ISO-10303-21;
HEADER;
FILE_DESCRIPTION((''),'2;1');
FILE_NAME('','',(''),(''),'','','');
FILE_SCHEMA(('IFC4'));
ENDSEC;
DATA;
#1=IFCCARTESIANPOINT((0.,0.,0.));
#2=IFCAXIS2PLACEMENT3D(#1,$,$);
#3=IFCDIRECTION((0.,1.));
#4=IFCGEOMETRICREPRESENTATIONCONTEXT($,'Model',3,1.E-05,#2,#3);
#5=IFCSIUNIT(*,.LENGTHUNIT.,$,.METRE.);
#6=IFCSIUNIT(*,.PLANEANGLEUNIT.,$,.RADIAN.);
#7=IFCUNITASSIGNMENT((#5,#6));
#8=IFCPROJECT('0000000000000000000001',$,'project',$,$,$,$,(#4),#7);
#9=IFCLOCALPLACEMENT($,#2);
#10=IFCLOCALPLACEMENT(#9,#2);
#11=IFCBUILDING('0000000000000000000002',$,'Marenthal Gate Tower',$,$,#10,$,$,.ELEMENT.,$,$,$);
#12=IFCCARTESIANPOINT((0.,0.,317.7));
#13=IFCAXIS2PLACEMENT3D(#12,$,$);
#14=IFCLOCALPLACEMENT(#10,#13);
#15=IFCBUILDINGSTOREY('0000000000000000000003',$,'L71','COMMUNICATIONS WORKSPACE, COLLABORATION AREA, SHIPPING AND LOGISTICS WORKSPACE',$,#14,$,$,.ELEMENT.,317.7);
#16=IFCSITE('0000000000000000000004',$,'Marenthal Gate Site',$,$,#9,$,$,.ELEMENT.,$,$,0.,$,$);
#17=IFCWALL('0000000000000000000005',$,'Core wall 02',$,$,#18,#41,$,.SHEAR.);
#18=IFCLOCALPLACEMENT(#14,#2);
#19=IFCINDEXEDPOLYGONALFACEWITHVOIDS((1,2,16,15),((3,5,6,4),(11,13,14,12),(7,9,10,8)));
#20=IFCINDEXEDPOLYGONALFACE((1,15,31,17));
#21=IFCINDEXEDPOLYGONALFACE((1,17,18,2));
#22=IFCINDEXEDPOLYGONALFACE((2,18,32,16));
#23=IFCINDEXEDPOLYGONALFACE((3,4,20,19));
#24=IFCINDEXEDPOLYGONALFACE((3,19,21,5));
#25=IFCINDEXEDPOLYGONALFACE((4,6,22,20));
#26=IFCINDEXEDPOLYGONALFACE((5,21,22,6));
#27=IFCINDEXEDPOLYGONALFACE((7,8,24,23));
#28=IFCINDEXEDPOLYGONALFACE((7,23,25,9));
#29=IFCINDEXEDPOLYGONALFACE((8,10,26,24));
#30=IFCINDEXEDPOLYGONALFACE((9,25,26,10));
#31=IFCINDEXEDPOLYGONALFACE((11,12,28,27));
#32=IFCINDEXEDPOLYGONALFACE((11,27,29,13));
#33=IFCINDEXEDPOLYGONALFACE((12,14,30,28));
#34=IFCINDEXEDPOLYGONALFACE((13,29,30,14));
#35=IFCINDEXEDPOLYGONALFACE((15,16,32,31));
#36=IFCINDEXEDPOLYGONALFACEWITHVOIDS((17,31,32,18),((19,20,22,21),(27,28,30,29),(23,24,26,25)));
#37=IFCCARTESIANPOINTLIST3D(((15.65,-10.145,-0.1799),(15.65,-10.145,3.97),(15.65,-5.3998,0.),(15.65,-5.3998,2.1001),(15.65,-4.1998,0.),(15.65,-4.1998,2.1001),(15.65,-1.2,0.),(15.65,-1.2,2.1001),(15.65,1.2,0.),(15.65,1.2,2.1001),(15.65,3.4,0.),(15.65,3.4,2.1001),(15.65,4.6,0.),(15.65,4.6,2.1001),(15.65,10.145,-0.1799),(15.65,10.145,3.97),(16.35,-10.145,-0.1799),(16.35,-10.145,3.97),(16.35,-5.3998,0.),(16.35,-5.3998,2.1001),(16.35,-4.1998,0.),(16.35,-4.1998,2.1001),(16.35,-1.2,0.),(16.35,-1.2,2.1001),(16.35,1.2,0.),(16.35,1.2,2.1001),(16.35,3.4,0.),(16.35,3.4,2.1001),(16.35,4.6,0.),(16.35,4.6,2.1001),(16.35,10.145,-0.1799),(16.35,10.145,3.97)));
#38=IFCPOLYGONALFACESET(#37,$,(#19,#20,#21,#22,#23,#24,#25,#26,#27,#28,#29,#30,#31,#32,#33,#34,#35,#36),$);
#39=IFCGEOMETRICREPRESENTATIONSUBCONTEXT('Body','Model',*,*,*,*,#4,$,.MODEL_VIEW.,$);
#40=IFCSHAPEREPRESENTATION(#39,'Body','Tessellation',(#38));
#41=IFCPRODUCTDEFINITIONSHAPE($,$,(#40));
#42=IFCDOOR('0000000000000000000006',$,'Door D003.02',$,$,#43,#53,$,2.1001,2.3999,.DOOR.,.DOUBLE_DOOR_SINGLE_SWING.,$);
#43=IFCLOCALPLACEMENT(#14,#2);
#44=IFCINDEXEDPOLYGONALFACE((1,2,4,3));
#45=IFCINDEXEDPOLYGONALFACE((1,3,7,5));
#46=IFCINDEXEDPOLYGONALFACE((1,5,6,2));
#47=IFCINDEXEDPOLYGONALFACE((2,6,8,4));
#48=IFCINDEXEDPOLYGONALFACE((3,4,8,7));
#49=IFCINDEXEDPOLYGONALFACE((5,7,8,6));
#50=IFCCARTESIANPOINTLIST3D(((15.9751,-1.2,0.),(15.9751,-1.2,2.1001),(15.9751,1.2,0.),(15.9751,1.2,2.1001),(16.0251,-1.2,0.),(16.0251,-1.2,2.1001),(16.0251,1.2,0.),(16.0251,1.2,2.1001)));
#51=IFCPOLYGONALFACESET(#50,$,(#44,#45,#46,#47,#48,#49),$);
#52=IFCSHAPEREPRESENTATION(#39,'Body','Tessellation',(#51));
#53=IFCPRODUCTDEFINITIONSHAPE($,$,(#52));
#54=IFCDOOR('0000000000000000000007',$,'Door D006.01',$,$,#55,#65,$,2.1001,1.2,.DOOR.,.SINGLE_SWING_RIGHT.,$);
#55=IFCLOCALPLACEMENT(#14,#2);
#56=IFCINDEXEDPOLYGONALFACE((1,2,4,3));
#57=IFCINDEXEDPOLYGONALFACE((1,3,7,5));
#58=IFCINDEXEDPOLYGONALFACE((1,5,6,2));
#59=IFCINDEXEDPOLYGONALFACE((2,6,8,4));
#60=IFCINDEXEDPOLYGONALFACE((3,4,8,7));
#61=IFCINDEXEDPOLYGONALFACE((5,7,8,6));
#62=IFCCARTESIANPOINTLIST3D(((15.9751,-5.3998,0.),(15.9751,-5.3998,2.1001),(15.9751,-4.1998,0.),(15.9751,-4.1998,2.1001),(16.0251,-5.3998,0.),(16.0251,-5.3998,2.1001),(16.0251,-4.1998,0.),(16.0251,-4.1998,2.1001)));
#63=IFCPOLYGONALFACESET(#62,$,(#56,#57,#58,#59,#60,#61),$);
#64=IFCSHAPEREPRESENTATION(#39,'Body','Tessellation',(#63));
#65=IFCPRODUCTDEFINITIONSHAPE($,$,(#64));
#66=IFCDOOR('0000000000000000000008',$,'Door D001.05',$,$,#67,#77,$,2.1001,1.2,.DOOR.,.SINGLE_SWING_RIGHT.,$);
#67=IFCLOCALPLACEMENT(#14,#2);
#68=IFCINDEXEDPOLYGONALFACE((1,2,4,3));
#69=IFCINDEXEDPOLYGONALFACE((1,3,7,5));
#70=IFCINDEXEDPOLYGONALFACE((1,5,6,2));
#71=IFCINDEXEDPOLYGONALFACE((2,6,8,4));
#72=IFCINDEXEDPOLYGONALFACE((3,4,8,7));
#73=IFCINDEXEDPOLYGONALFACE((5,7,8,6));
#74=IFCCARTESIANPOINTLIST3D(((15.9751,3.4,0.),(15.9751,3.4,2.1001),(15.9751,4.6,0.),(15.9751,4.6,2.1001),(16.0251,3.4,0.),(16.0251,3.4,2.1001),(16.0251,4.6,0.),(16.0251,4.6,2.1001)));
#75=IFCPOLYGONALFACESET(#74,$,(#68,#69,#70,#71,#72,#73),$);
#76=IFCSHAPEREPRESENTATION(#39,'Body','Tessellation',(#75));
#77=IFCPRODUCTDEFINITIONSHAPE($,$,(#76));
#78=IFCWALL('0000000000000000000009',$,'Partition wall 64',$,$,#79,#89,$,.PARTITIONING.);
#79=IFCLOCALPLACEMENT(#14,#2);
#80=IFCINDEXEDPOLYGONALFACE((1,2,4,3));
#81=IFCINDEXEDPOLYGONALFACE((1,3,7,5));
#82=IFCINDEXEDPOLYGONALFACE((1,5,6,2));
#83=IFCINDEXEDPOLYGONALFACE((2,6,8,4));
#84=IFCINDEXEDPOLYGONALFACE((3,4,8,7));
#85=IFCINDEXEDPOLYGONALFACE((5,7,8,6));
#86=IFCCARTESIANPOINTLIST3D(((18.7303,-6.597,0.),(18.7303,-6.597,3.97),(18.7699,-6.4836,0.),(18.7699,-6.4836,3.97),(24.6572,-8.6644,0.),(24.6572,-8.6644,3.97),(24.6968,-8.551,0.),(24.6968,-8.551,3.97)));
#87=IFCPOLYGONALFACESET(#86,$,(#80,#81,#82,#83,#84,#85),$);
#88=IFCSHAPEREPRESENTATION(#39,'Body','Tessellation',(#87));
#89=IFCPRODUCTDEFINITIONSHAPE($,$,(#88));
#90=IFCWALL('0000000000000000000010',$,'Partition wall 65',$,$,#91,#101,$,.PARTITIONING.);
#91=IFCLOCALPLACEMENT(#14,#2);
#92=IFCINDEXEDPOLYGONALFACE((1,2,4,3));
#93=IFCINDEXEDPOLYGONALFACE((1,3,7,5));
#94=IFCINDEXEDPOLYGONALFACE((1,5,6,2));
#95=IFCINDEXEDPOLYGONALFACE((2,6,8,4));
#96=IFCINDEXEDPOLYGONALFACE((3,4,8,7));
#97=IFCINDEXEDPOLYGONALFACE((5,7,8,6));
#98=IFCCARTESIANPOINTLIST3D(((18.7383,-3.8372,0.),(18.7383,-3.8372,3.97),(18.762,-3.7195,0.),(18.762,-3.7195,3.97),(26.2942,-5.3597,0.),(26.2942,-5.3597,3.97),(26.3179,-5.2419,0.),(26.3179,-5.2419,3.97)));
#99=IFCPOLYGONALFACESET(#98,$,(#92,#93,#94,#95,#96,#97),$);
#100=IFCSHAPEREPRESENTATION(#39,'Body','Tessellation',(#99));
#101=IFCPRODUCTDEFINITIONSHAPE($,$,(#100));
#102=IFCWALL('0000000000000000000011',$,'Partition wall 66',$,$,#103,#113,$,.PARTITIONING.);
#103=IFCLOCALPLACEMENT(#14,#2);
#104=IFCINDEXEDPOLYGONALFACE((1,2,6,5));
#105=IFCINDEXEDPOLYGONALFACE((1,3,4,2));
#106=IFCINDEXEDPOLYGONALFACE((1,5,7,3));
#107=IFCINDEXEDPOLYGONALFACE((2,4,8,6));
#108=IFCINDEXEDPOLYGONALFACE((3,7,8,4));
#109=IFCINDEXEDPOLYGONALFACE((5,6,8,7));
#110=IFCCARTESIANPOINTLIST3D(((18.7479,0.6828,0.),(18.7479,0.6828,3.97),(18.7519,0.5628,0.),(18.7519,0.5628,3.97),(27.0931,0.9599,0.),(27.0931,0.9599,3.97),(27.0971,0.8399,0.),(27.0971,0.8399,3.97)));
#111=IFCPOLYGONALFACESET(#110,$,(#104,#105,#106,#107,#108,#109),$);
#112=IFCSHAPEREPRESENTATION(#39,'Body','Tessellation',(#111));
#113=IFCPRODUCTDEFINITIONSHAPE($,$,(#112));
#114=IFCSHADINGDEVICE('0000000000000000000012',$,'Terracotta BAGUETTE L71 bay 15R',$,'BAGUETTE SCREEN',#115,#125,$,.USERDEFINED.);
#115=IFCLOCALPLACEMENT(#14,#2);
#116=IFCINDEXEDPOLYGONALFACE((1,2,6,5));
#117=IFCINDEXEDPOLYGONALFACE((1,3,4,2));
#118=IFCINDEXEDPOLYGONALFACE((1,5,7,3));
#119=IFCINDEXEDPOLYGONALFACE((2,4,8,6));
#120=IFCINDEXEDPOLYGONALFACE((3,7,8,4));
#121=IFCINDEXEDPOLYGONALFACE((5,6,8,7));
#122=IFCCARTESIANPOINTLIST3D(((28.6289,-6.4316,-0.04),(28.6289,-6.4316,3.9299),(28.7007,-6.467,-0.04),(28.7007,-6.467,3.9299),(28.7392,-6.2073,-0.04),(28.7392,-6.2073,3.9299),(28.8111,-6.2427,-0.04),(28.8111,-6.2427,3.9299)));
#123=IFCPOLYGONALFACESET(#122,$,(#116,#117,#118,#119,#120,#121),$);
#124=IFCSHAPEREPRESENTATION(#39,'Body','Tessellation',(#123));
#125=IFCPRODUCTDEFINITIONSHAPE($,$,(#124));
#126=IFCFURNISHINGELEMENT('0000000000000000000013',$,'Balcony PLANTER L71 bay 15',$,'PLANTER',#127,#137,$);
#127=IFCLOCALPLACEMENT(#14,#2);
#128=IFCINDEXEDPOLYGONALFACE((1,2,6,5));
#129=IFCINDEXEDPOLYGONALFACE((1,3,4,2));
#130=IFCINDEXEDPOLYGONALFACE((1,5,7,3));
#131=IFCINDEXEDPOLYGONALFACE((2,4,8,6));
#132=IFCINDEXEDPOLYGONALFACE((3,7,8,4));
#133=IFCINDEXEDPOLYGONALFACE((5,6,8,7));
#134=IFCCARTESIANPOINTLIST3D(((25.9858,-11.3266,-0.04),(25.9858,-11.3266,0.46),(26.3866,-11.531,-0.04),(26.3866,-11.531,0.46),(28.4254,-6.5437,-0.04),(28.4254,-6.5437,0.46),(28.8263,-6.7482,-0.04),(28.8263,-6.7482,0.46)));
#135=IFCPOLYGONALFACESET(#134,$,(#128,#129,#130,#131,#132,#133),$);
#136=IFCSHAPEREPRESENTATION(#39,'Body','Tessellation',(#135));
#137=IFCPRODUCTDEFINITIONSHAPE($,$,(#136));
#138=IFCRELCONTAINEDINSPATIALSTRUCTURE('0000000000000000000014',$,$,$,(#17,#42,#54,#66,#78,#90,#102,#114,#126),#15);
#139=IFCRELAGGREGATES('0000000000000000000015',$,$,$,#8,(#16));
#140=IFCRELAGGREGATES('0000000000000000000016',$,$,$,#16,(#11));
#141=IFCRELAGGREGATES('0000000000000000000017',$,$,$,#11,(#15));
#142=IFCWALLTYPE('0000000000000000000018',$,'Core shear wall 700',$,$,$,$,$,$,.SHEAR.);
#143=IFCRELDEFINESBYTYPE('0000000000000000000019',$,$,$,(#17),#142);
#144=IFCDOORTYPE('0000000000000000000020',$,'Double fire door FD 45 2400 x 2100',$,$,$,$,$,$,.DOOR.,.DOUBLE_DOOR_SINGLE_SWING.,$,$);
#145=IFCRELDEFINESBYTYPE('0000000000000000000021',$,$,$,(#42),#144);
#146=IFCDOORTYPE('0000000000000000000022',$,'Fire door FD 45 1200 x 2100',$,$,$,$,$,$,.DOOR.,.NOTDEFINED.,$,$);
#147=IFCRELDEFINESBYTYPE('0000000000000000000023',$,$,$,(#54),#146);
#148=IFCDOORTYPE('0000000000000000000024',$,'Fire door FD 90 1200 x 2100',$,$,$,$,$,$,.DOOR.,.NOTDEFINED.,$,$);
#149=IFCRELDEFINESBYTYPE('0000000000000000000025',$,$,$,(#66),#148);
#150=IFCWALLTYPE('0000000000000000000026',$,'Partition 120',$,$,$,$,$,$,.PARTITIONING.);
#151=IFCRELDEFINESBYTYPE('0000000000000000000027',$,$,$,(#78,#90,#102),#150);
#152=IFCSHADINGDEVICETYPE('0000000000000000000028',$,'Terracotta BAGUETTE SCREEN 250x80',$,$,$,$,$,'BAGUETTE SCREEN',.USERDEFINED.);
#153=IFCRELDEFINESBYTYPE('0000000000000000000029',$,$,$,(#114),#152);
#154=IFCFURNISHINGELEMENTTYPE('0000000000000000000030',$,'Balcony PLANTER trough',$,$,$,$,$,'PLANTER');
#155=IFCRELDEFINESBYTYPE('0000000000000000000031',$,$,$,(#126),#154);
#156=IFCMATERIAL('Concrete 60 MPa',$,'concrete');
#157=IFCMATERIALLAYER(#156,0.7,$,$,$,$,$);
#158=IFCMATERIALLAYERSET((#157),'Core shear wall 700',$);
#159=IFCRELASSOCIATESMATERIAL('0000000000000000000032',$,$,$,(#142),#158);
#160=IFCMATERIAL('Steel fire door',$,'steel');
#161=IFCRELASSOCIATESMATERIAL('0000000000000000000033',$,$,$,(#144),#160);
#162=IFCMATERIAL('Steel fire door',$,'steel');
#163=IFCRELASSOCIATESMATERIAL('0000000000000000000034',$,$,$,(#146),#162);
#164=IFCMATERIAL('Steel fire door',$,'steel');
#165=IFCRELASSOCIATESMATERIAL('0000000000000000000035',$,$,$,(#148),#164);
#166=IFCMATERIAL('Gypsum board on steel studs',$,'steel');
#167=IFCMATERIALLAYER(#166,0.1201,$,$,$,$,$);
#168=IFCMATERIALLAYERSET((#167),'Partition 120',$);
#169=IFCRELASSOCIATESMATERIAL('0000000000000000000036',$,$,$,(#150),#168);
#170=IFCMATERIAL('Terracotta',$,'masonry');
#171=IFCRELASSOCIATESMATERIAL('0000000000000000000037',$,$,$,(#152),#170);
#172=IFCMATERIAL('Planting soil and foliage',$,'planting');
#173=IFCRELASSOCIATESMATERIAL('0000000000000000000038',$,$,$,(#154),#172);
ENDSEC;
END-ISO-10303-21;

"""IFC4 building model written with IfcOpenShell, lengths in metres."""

from ifc_helpers import new_model, si_unit, direction, frame, frame_2d, origin, origin_2d, place, context, subcontext, project, spatial, rectangle, extrude, material, layer, layer_set, material_profile, profile_set, type_object, element, fill, save


model = new_model("IFC4")

# Units and contexts
model_context = context("Model", 3, precision=1e-05, world=origin(), true_north=direction((0.0, 1.0)))
body_context = subcontext(model_context, "Body", "Model", "MODEL_VIEW")
ifc_project = project(units=[si_unit("LENGTHUNIT", "METRE"), si_unit("PLANEANGLEUNIT", "RADIAN")], contexts=[model_context])

# Site, building, storey
site_placement = place(None, origin())
site = spatial("IfcSite", under=ifc_project, at=site_placement, Name="Marenthal Gate Site", CompositionType="ELEMENT", RefElevation=0.0)
building_placement = place(site_placement, origin())
building = spatial("IfcBuilding", under=site, at=building_placement, Name="Marenthal Gate Tower", CompositionType="ELEMENT")
storey_placement = place(building_placement, frame((0.0, 0.0, 317.7)))
storey = spatial("IfcBuildingStorey", under=building, at=storey_placement, Name="L71", Description="COMMUNICATIONS WORKSPACE, COLLABORATION AREA, SHIPPING AND LOGISTICS WORKSPACE", CompositionType="ELEMENT", Elevation=317.7)

# Wall, openings, doors
ifc_material_1 = material(Name="Concrete 60 MPa", Category="concrete")
ifc_layer_1 = layer(ifc_material_1, 0.7)
ifc_layer_set_1 = layer_set([ifc_layer_1], Name="Core shear wall 700")
wall_type_1 = type_object("IfcWallType", Name="Core shear wall 700", PredefinedType="SHEAR", material=ifc_layer_set_1)
wall_1_placement = place(storey_placement, frame((16.0, -10.145, -0.1799), z_axis=(0.0, 0.0, 1.0), x_axis=(0.0, 1.0, 0.0)))
wall_1 = element("IfcWall", 1, at=wall_1_placement, inside=storey, type_object=wall_type_1, Name="Core wall 02", PredefinedType="SHEAR", context=body_context, shape_type="SweptSolid", body=[
    extrude(rectangle(XDim=20.29, YDim=0.7, at=frame_2d((10.145, 0.0))), origin(), (0.0, 0.0, 1.0), 4.1499),
])
opening_1_placement = place(wall_1_placement, frame((8.9451, 0.0, 0.1799)))
opening_1 = element("IfcOpeningElement", 2, at=opening_1_placement, cuts=wall_1, PredefinedType="OPENING", context=body_context, shape_type="SweptSolid", body=[
    extrude(rectangle(XDim=2.3999, YDim=2.1001, at=frame_2d((1.2, 1.05))), frame((0.0, 0.3599, 0.0), z_axis=(0.0, -1.0, 0.0), x_axis=(1.0, 0.0, 0.0)), (0.0, 0.0, 1.0), 0.72),
])
opening_2_placement = place(wall_1_placement, frame((13.5449, 0.0, 0.1799)))
opening_2 = element("IfcOpeningElement", 3, at=opening_2_placement, cuts=wall_1, PredefinedType="OPENING", context=body_context, shape_type="SweptSolid", body=[
    extrude(rectangle(XDim=1.2, YDim=2.1001, at=frame_2d((0.6001, 1.05))), frame((0.0, 0.3599, 0.0), z_axis=(0.0, -1.0, 0.0), x_axis=(1.0, 0.0, 0.0)), (0.0, 0.0, 1.0), 0.72),
])
opening_3_placement = place(wall_1_placement, frame((4.7451, 0.0, 0.1799)))
opening_3 = element("IfcOpeningElement", 4, at=opening_3_placement, cuts=wall_1, PredefinedType="OPENING", context=body_context, shape_type="SweptSolid", body=[
    extrude(rectangle(XDim=1.2, YDim=2.1001, at=frame_2d((0.6001, 1.05))), frame((0.0, 0.3599, 0.0), z_axis=(0.0, -1.0, 0.0), x_axis=(1.0, 0.0, 0.0)), (0.0, 0.0, 1.0), 0.72),
])
ifc_material_2 = material(Name="Steel fire door", Category="steel")
door_type_1 = type_object("IfcDoorType", Name="Double fire door FD 45 2400 x 2100", OperationType="DOUBLE_DOOR_SINGLE_SWING", PredefinedType="DOOR", material=ifc_material_2)
door_1_placement = place(opening_1_placement, origin())
door_1 = element("IfcDoor", 5, at=door_1_placement, inside=storey, type_object=door_type_1, Name="Door D003.02", OperationType="DOUBLE_DOOR_SINGLE_SWING", OverallHeight=2.1001, OverallWidth=2.3999, PredefinedType="DOOR", context=body_context, shape_type="SweptSolid", body=[
    extrude(rectangle(XDim=2.3999, YDim=2.1001, at=frame_2d((1.2, 1.05))), frame((0.0, 0.0249, 0.0), z_axis=(0.0, -1.0, 0.0), x_axis=(1.0, 0.0, 0.0)), (0.0, 0.0, 1.0), 0.05),
])
fill(opening_1, door_1)
ifc_material_3 = material(Name="Steel fire door", Category="steel")
door_type_2 = type_object("IfcDoorType", Name="Fire door FD 45 1200 x 2100", OperationType="NOTDEFINED", PredefinedType="DOOR", material=ifc_material_3)
door_2_placement = place(opening_3_placement, origin())
door_2 = element("IfcDoor", 6, at=door_2_placement, inside=storey, type_object=door_type_2, Name="Door D006.01", OperationType="SINGLE_SWING_RIGHT", OverallHeight=2.1001, OverallWidth=1.2, PredefinedType="DOOR", context=body_context, shape_type="SweptSolid", body=[
    extrude(rectangle(XDim=1.2, YDim=2.1001, at=frame_2d((0.6001, 1.05))), frame((0.0, 0.0249, 0.0), z_axis=(0.0, -1.0, 0.0), x_axis=(1.0, 0.0, 0.0)), (0.0, 0.0, 1.0), 0.05),
])
fill(opening_3, door_2)
ifc_material_4 = material(Name="Steel fire door", Category="steel")
door_type_3 = type_object("IfcDoorType", Name="Fire door FD 90 1200 x 2100", OperationType="NOTDEFINED", PredefinedType="DOOR", material=ifc_material_4)
door_3_placement = place(opening_2_placement, origin())
door_3 = element("IfcDoor", 7, at=door_3_placement, inside=storey, type_object=door_type_3, Name="Door D001.05", OperationType="SINGLE_SWING_RIGHT", OverallHeight=2.1001, OverallWidth=1.2, PredefinedType="DOOR", context=body_context, shape_type="SweptSolid", body=[
    extrude(rectangle(XDim=1.2, YDim=2.1001, at=frame_2d((0.6001, 1.05))), frame((0.0, 0.0249, 0.0), z_axis=(0.0, -1.0, 0.0), x_axis=(1.0, 0.0, 0.0)), (0.0, 0.0, 1.0), 0.05),
])
fill(opening_2, door_3)

# Walls
ifc_material_5 = material(Name="Gypsum board on steel studs", Category="steel")
ifc_layer_2 = layer(ifc_material_5, 0.1201)
ifc_layer_set_2 = layer_set([ifc_layer_2], Name="Partition 120")
wall_type_2 = type_object("IfcWallType", Name="Partition 120", PredefinedType="PARTITIONING", material=ifc_layer_set_2)
wall_2_placement = place(storey_placement, frame((18.75, -6.5403, 0.0), z_axis=(0.0, 0.0, 1.0), x_axis=(0.944209, -0.329347, 0.0)))
element("IfcWall", 8, at=wall_2_placement, inside=storey, type_object=wall_type_2, Name="Partition wall 64", PredefinedType="PARTITIONING", context=body_context, shape_type="SweptSolid", body=[
    extrude(rectangle(XDim=6.2771, YDim=0.1201, at=frame_2d((3.1387, 0.0))), origin(), (0.0, 0.0, 1.0), 3.97),
])
wall_3_placement = place(storey_placement, frame((18.75, -3.7783, 0.0), z_axis=(0.0, 0.0, 1.0), x_axis=(0.980298, -0.197523, 0.0)))
element("IfcWall", 9, at=wall_3_placement, inside=storey, type_object=wall_type_2, Name="Partition wall 65", PredefinedType="PARTITIONING", context=body_context, shape_type="SweptSolid", body=[
    extrude(rectangle(XDim=7.7078, YDim=0.1201, at=frame_2d((3.854, 0.0))), origin(), (0.0, 0.0, 1.0), 3.97),
])
wall_4_placement = place(storey_placement, frame((18.75, 0.6228, 0.0), z_axis=(0.0, 0.0, 1.0), x_axis=(0.999449, 0.033186, 0.0)))
element("IfcWall", 10, at=wall_4_placement, inside=storey, type_object=wall_type_2, Name="Partition wall 66", PredefinedType="PARTITIONING", context=body_context, shape_type="SweptSolid", body=[
    extrude(rectangle(XDim=8.3499, YDim=0.1201, at=frame_2d((4.1748, 0.0))), origin(), (0.0, 0.0, 1.0), 3.97),
])

# Shading device
ifc_material_6 = material(Name="Terracotta", Category="masonry")
ifc_material_profile_1 = material_profile(ifc_material_6, rectangle(XDim=0.25, YDim=0.0801, at=origin_2d()), Name="Terracotta baguette 250x80")
ifc_profile_set_1 = profile_set([ifc_material_profile_1], Name="Terracotta")
shading_device_type = type_object("IfcShadingDeviceType", Name="Terracotta BAGUETTE SCREEN 250x80", ElementType="BAGUETTE SCREEN", PredefinedType="USERDEFINED", material=ifc_profile_set_1)
shading_device_placement = place(storey_placement, frame((28.72, -6.3372, -0.04), z_axis=(0.0, 0.0, 1.0), x_axis=(0.441518, 0.897253, 0.0)))
element("IfcShadingDevice", 11, at=shading_device_placement, inside=storey, type_object=shading_device_type, Name="Terracotta BAGUETTE L71 bay 15R", ObjectType="BAGUETTE SCREEN", PredefinedType="USERDEFINED", context=body_context, shape_type="SweptSolid", body=[
    extrude(rectangle(XDim=0.25, YDim=0.0801, at=origin_2d()), origin(), (0.0, 0.0, 1.0), 3.97),
])

# Furnishing element
ifc_material_7 = material(Name="Planting soil and foliage", Category="planting")
furnishing_element_type = type_object("IfcFurnishingElementType", Name="Balcony PLANTER trough", ElementType="PLANTER", material=ifc_material_7)
furnishing_placement = place(storey_placement, frame((27.406, -9.0374, -0.04), z_axis=(0.0, 0.0, 1.0), x_axis=(0.454389, 0.890803, 0.0)))
element("IfcFurnishingElement", 12, at=furnishing_placement, inside=storey, type_object=furnishing_element_type, Name="Balcony PLANTER L71 bay 15", ObjectType="PLANTER", context=body_context, shape_type="SweptSolid", body=[
    extrude(rectangle(XDim=5.3691, YDim=0.45, at=origin_2d()), origin(), (0.0, 0.0, 1.0), 0.5),
])

save(model, "model.ifc")
